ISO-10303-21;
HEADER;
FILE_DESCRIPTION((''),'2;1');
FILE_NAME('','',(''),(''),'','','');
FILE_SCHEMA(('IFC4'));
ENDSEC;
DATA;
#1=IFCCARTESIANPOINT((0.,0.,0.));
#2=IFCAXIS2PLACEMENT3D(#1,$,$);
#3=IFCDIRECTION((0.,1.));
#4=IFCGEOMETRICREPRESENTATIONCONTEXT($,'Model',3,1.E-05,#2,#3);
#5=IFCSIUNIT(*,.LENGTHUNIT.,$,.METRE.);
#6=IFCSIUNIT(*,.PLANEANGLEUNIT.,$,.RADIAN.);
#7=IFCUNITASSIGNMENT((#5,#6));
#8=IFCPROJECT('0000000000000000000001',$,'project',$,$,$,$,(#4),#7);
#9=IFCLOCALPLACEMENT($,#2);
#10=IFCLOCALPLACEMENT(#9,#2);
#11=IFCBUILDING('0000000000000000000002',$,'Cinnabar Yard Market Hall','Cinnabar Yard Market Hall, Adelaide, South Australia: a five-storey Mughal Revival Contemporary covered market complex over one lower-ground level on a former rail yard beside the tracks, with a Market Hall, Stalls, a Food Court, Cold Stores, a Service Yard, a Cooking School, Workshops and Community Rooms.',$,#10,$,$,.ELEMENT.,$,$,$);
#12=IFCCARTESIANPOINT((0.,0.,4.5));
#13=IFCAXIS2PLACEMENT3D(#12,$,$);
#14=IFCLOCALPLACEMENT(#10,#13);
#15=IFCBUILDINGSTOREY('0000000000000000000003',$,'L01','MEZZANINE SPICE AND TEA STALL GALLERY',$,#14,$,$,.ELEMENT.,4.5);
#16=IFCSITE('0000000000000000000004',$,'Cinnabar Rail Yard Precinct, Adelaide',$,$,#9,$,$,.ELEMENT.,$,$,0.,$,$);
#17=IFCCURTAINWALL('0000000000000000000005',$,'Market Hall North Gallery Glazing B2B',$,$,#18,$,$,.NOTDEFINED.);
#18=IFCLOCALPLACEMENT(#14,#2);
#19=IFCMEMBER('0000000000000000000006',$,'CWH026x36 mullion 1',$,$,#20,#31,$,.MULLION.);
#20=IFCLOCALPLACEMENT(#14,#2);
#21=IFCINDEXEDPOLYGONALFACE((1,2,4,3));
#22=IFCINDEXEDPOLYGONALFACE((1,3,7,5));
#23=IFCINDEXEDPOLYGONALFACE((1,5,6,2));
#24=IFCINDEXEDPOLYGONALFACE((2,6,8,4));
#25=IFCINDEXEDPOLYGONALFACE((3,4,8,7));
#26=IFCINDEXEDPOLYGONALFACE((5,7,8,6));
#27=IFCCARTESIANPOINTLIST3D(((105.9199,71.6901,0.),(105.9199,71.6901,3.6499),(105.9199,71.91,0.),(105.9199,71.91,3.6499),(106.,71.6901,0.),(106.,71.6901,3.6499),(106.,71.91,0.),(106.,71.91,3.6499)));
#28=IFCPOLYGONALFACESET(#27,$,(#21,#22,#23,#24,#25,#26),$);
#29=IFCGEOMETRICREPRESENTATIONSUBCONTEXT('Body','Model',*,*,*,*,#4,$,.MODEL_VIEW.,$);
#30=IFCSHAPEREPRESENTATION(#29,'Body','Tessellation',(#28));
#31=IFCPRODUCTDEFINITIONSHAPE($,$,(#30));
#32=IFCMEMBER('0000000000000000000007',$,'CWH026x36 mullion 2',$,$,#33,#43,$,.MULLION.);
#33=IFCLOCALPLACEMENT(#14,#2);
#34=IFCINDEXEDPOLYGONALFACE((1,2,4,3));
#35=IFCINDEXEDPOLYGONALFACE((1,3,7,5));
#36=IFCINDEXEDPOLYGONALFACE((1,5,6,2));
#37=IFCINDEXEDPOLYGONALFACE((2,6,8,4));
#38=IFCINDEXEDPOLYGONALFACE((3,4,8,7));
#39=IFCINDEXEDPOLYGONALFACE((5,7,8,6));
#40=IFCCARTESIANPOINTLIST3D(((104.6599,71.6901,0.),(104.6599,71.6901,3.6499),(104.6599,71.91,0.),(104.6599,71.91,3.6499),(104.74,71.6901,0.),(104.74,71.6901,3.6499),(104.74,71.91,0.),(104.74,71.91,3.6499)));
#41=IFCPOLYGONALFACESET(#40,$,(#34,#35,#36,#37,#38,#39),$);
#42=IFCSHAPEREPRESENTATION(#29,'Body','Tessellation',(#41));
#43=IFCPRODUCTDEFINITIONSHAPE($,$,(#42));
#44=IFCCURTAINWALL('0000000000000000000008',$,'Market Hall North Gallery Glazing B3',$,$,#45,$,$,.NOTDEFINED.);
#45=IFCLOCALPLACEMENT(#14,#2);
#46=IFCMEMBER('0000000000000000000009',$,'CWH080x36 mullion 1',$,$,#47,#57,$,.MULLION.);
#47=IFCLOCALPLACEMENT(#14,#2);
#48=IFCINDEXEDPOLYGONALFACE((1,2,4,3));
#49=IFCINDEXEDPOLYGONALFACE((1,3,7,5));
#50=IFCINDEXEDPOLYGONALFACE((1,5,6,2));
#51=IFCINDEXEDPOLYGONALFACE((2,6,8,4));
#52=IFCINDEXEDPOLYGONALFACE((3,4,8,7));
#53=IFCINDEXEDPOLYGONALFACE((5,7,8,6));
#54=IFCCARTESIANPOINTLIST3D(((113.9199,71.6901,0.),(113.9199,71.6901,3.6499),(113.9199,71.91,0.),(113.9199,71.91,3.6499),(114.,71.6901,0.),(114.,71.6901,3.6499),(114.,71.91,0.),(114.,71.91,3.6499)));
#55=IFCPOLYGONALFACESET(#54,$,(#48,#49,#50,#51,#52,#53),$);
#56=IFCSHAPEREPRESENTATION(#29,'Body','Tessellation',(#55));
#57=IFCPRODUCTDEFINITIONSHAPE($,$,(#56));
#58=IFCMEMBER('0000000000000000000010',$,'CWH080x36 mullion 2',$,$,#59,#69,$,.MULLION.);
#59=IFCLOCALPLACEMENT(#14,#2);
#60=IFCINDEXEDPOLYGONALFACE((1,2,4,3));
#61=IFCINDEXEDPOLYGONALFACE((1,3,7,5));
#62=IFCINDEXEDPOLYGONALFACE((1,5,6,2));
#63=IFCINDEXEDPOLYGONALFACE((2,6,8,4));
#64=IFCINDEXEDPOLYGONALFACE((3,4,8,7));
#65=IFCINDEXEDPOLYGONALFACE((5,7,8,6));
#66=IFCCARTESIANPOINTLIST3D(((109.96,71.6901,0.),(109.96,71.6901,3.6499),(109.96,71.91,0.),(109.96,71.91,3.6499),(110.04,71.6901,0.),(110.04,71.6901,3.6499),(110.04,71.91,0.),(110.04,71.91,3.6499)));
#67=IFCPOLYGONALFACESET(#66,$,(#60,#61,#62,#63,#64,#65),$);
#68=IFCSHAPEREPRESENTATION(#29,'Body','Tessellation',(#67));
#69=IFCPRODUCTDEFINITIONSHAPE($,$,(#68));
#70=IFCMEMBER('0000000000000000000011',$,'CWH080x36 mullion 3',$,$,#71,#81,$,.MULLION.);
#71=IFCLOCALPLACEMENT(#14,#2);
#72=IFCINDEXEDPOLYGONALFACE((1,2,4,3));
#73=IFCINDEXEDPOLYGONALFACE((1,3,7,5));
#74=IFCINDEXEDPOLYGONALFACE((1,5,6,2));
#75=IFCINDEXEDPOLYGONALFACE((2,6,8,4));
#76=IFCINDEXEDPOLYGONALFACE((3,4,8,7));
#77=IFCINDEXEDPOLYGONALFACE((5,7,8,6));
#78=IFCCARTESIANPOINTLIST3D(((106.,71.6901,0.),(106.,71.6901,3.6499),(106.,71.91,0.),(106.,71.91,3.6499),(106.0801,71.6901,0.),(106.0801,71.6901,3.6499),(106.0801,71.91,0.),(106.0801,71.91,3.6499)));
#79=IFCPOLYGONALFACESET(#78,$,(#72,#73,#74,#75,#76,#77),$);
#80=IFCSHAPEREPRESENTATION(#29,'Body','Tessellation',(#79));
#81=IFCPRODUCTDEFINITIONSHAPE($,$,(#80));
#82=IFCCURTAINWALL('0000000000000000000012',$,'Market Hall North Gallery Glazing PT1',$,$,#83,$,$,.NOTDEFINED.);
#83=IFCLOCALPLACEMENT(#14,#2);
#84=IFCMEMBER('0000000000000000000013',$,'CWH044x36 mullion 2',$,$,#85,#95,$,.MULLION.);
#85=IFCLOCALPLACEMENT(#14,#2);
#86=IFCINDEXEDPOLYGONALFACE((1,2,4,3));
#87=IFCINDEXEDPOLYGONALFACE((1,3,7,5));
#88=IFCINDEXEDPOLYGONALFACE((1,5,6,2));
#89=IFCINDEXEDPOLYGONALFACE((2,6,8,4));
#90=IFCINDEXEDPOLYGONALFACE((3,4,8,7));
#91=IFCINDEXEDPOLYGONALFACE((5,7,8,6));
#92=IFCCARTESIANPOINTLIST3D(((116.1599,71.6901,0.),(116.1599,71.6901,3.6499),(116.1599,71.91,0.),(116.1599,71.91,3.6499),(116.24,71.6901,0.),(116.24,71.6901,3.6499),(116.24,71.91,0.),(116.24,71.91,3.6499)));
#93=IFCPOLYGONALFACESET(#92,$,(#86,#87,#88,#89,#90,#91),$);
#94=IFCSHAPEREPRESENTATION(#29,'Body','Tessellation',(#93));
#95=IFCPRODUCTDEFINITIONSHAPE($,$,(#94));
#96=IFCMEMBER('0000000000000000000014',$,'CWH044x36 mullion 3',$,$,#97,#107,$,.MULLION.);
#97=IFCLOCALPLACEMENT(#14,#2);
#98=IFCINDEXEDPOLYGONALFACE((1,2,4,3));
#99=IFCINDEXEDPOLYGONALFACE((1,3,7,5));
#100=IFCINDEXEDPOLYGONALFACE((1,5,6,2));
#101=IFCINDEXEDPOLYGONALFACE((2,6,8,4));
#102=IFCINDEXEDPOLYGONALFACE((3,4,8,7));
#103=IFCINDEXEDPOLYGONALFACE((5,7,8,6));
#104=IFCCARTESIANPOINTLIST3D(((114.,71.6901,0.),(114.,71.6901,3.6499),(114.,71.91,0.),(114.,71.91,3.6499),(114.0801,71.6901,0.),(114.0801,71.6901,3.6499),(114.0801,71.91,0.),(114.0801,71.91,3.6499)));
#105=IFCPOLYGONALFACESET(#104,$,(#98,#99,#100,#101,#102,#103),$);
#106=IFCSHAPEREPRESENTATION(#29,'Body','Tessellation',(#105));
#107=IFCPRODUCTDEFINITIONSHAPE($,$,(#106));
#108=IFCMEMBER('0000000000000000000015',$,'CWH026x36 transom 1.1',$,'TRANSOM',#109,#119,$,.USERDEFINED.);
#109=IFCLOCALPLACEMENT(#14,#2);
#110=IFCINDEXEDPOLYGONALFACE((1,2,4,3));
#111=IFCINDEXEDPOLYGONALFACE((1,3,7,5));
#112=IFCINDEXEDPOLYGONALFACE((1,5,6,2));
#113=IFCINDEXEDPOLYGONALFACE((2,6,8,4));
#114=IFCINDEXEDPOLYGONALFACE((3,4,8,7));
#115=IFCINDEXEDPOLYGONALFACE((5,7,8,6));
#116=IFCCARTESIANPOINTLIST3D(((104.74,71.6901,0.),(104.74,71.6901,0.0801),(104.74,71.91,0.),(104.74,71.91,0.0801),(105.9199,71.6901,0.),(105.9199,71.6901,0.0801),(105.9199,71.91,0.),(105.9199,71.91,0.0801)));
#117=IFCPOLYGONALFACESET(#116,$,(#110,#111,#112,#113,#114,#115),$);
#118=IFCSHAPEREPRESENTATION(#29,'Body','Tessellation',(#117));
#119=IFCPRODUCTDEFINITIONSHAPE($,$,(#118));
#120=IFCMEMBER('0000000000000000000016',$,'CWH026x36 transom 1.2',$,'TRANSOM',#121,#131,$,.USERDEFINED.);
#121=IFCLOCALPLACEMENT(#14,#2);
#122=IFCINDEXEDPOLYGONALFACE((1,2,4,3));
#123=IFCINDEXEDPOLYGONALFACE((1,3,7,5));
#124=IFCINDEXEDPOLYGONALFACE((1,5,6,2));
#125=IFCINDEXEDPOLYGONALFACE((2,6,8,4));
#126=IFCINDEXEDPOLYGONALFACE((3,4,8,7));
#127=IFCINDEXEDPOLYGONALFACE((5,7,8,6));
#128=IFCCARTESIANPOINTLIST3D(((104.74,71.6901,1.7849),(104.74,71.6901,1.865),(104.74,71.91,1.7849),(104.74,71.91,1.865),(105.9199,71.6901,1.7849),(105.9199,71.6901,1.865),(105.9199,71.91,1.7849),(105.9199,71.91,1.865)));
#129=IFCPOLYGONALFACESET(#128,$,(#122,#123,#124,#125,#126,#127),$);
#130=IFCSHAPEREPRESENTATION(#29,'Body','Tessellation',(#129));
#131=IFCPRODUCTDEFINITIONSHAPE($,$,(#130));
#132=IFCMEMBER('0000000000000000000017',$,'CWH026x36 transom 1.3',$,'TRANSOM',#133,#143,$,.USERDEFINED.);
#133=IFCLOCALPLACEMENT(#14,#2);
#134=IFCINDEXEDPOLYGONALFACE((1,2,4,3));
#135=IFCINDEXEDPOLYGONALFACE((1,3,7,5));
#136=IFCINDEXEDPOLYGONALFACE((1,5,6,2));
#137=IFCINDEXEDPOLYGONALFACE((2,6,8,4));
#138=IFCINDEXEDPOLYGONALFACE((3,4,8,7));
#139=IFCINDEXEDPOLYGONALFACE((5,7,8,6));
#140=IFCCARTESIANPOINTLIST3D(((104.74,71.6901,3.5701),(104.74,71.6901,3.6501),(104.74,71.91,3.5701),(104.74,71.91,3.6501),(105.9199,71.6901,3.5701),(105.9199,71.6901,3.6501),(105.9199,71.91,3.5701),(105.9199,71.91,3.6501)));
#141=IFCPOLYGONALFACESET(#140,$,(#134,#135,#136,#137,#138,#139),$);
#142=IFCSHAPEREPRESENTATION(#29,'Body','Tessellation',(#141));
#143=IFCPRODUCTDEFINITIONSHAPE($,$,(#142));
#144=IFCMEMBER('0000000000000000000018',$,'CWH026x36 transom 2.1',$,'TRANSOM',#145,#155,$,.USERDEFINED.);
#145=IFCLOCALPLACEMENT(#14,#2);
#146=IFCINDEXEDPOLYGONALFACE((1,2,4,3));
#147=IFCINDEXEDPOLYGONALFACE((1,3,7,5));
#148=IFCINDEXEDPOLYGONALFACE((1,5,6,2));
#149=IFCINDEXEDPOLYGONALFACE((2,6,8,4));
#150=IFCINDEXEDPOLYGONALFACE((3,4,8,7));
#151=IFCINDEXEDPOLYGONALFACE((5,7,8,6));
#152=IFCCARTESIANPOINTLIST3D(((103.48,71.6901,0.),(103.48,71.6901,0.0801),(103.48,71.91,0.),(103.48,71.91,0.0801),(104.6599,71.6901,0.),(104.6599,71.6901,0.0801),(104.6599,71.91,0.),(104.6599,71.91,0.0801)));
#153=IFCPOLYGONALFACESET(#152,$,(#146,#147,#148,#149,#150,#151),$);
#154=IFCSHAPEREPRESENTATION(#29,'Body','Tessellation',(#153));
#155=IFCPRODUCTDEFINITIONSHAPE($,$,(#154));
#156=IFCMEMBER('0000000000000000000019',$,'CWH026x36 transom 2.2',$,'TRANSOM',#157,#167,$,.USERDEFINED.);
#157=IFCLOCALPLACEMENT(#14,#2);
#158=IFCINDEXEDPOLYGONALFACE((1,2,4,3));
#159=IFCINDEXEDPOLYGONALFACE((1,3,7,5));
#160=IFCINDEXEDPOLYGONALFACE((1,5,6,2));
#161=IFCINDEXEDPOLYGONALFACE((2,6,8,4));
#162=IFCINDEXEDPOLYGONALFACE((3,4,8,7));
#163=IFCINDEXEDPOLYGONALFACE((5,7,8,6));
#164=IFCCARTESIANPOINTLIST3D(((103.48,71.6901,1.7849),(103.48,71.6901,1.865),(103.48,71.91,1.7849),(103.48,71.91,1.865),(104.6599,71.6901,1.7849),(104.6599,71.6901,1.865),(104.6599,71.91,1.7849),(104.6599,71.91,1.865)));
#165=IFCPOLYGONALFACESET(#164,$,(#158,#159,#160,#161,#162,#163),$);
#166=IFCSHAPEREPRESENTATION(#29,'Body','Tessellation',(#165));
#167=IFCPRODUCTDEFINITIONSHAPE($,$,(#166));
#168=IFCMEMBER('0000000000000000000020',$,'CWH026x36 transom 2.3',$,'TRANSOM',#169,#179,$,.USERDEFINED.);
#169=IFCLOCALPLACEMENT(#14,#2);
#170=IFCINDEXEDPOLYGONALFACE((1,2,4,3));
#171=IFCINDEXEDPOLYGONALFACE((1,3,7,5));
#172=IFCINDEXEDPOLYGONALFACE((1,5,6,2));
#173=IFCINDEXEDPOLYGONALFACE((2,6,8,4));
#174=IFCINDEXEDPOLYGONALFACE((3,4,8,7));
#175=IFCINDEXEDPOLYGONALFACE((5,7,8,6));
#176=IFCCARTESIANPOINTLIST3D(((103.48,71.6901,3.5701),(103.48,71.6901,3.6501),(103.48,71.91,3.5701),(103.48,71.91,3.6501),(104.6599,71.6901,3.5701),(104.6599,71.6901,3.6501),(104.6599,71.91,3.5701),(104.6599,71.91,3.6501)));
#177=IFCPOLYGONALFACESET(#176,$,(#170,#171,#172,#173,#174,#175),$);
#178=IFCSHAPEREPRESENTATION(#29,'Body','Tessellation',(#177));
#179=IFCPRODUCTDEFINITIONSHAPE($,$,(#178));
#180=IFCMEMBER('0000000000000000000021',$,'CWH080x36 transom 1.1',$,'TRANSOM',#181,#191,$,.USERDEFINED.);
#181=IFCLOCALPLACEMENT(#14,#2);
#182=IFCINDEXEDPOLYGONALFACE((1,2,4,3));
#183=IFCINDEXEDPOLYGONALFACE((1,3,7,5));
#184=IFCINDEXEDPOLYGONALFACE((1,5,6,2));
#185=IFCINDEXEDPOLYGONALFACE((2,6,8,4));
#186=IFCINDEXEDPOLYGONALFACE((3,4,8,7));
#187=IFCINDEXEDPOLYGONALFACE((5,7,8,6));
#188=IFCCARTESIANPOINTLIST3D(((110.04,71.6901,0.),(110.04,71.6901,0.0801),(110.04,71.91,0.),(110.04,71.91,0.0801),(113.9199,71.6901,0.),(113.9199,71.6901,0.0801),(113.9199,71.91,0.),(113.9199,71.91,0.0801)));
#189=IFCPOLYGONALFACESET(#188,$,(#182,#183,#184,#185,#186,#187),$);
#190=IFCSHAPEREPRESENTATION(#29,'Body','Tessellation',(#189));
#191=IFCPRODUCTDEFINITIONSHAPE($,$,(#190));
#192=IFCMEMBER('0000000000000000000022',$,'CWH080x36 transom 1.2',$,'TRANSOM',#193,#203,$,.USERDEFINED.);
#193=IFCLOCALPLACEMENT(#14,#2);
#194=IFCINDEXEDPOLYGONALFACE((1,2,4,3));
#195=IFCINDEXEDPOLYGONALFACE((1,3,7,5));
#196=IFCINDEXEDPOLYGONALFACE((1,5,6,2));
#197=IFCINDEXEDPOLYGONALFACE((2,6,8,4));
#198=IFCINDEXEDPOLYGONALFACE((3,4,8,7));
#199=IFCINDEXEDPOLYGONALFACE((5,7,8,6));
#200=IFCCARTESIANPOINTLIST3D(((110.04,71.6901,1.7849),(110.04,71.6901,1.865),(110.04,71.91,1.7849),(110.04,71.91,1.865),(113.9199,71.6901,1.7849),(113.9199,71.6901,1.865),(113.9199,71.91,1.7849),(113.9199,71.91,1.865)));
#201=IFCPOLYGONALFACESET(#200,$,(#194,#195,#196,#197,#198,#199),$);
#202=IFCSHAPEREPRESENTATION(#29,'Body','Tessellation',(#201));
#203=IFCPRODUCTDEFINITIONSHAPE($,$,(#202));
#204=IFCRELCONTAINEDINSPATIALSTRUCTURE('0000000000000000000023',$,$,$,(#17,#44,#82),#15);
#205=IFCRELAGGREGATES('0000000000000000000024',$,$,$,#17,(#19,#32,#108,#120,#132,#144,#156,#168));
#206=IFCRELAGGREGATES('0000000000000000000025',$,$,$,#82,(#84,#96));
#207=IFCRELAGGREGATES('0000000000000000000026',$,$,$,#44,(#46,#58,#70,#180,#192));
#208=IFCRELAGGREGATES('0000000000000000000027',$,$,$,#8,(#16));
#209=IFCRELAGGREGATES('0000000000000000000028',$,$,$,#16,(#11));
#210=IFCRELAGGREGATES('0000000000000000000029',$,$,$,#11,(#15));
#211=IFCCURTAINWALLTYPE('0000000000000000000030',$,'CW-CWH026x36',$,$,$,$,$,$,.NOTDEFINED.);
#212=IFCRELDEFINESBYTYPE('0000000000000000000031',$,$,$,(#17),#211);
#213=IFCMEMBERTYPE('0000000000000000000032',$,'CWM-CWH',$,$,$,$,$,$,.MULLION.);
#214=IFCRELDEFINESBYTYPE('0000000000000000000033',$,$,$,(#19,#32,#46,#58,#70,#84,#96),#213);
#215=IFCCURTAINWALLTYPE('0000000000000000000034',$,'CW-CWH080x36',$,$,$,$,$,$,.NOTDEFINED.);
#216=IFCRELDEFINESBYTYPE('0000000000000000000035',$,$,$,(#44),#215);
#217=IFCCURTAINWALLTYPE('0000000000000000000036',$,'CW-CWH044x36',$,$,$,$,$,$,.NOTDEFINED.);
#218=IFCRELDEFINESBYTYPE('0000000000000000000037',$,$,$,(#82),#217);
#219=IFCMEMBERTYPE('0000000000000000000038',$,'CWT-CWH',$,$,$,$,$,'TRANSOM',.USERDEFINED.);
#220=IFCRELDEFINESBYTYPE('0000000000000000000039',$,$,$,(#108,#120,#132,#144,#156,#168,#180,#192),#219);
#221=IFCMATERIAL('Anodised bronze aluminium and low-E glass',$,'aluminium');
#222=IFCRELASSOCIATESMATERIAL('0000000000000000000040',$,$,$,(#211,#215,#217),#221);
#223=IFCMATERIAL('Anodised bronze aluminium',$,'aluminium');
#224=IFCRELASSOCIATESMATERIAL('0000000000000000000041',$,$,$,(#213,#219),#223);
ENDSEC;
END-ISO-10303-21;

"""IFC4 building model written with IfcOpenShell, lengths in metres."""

from ifc_helpers import new_model, si_unit, direction, frame, origin, origin_2d_with_axis, place, context, subcontext, project, spatial, rectangle, extrude, material, material_profile, profile_set, type_object, element, aggregate, save


model = new_model("IFC4")

# Units and contexts
model_context = context("Model", 3, precision=1e-05, world=origin(), true_north=direction((0.0, 1.0)))
body_context = subcontext(model_context, "Body", "Model", "MODEL_VIEW")
ifc_project = project(units=[si_unit("LENGTHUNIT", "METRE"), si_unit("PLANEANGLEUNIT", "RADIAN")], contexts=[model_context])

# Site, building, storey
site_placement = place(None, origin())
site = spatial("IfcSite", under=ifc_project, at=site_placement, Name="Cinnabar Rail Yard Precinct, Adelaide", CompositionType="ELEMENT", RefElevation=0.0)
building_placement = place(site_placement, origin())
building = spatial("IfcBuilding", under=site, at=building_placement, Name="Cinnabar Yard Market Hall", Description="Cinnabar Yard Market Hall, Adelaide, South Australia: a five-storey Mughal Revival Contemporary covered market complex over one lower-ground level on a former rail yard beside the tracks, with a Market Hall, Stalls, a Food Court, Cold Stores, a Service Yard, a Cooking School, Workshops and Community Rooms.", CompositionType="ELEMENT")
storey_placement = place(building_placement, frame((0.0, 0.0, 4.5)))
storey = spatial("IfcBuildingStorey", under=building, at=storey_placement, Name="L01", Description="MEZZANINE SPICE AND TEA STALL GALLERY", CompositionType="ELEMENT", Elevation=4.5)

# Curtain walls, members
ifc_material_1 = material(Name="Anodised bronze aluminium and low-E glass", Category="aluminium")
curtain_wall_type_1 = type_object("IfcCurtainWallType", Name="CW-CWH026x36", PredefinedType="NOTDEFINED", material=ifc_material_1)
curtain_wall_1_placement = place(storey_placement, origin())
curtain_wall_1 = element("IfcCurtainWall", 1, at=curtain_wall_1_placement, inside=storey, type_object=curtain_wall_type_1, Name="Market Hall North Gallery Glazing B2B", PredefinedType="NOTDEFINED")
ifc_material_2 = material(Name="Anodised bronze aluminium", Category="aluminium")
ifc_material_profile_1 = material_profile(ifc_material_2, rectangle(XDim=0.22, YDim=0.0801, at=origin_2d_with_axis()), Name="MUL-CWH")
ifc_profile_set_1 = profile_set([ifc_material_profile_1], Name="Anodised bronze aluminium")
member_type_1 = type_object("IfcMemberType", Name="CWM-CWH", PredefinedType="MULLION", material=ifc_profile_set_1)
member_1_placement = place(storey_placement, frame((105.96, 71.8, 0.0), z_axis=(0.0, 0.0, 1.0), x_axis=(0.0, -1.0, 0.0)))
member_1 = element("IfcMember", 2, at=member_1_placement, type_object=member_type_1, Name="CWH026x36 mullion 1", PredefinedType="MULLION", context=body_context, shape_type="SweptSolid", body=[
    extrude(rectangle(XDim=0.22, YDim=0.0801, at=origin_2d_with_axis()), origin(), (0.0, 0.0, 1.0), 3.6499),
])
member_2_placement = place(storey_placement, frame((104.7, 71.8, 0.0), z_axis=(0.0, 0.0, 1.0), x_axis=(0.0, -1.0, 0.0)))
member_2 = element("IfcMember", 3, at=member_2_placement, type_object=member_type_1, Name="CWH026x36 mullion 2", PredefinedType="MULLION", context=body_context, shape_type="SweptSolid", body=[
    extrude(rectangle(XDim=0.22, YDim=0.0801, at=origin_2d_with_axis()), origin(), (0.0, 0.0, 1.0), 3.6499),
])
curtain_wall_type_2 = type_object("IfcCurtainWallType", Name="CW-CWH080x36", PredefinedType="NOTDEFINED", material=ifc_material_1)
curtain_wall_2_placement = place(storey_placement, origin())
curtain_wall_2 = element("IfcCurtainWall", 4, at=curtain_wall_2_placement, inside=storey, type_object=curtain_wall_type_2, Name="Market Hall North Gallery Glazing B3", PredefinedType="NOTDEFINED")
member_3_placement = place(storey_placement, frame((113.96, 71.8, 0.0), z_axis=(0.0, 0.0, 1.0), x_axis=(0.0, -1.0, 0.0)))
member_3 = element("IfcMember", 5, at=member_3_placement, type_object=member_type_1, Name="CWH080x36 mullion 1", PredefinedType="MULLION", context=body_context, shape_type="SweptSolid", body=[
    extrude(rectangle(XDim=0.22, YDim=0.0801, at=origin_2d_with_axis()), origin(), (0.0, 0.0, 1.0), 3.6499),
])
member_4_placement = place(storey_placement, frame((110.0, 71.8, 0.0), z_axis=(0.0, 0.0, 1.0), x_axis=(0.0, -1.0, 0.0)))
member_4 = element("IfcMember", 6, at=member_4_placement, type_object=member_type_1, Name="CWH080x36 mullion 2", PredefinedType="MULLION", context=body_context, shape_type="SweptSolid", body=[
    extrude(rectangle(XDim=0.22, YDim=0.0801, at=origin_2d_with_axis()), origin(), (0.0, 0.0, 1.0), 3.6499),
])
member_5_placement = place(storey_placement, frame((106.04, 71.8, 0.0), z_axis=(0.0, 0.0, 1.0), x_axis=(0.0, -1.0, 0.0)))
member_5 = element("IfcMember", 7, at=member_5_placement, type_object=member_type_1, Name="CWH080x36 mullion 3", PredefinedType="MULLION", context=body_context, shape_type="SweptSolid", body=[
    extrude(rectangle(XDim=0.22, YDim=0.0801, at=origin_2d_with_axis()), origin(), (0.0, 0.0, 1.0), 3.6499),
])
curtain_wall_type_3 = type_object("IfcCurtainWallType", Name="CW-CWH044x36", PredefinedType="NOTDEFINED", material=ifc_material_1)
curtain_wall_3_placement = place(storey_placement, origin())
curtain_wall_3 = element("IfcCurtainWall", 8, at=curtain_wall_3_placement, inside=storey, type_object=curtain_wall_type_3, Name="Market Hall North Gallery Glazing PT1", PredefinedType="NOTDEFINED")
member_6_placement = place(storey_placement, frame((116.2, 71.8, 0.0), z_axis=(0.0, 0.0, 1.0), x_axis=(0.0, -1.0, 0.0)))
member_6 = element("IfcMember", 9, at=member_6_placement, type_object=member_type_1, Name="CWH044x36 mullion 2", PredefinedType="MULLION", context=body_context, shape_type="SweptSolid", body=[
    extrude(rectangle(XDim=0.22, YDim=0.0801, at=origin_2d_with_axis()), origin(), (0.0, 0.0, 1.0), 3.6499),
])
member_7_placement = place(storey_placement, frame((114.04, 71.8, 0.0), z_axis=(0.0, 0.0, 1.0), x_axis=(0.0, -1.0, 0.0)))
member_7 = element("IfcMember", 10, at=member_7_placement, type_object=member_type_1, Name="CWH044x36 mullion 3", PredefinedType="MULLION", context=body_context, shape_type="SweptSolid", body=[
    extrude(rectangle(XDim=0.22, YDim=0.0801, at=origin_2d_with_axis()), origin(), (0.0, 0.0, 1.0), 3.6499),
])

# Members
ifc_material_profile_2 = material_profile(ifc_material_2, rectangle(XDim=0.22, YDim=0.0801, at=origin_2d_with_axis()), Name="TRN-CWH")
ifc_profile_set_2 = profile_set([ifc_material_profile_2], Name="Anodised bronze aluminium")
member_type_2 = type_object("IfcMemberType", Name="CWT-CWH", ElementType="TRANSOM", PredefinedType="USERDEFINED", material=ifc_profile_set_2)
member_8_placement = place(storey_placement, frame((105.9199, 71.8, 0.04), z_axis=(-1.0, 0.0, 0.0), x_axis=(0.0, -1.0, 0.0)))
member_8 = element("IfcMember", 11, at=member_8_placement, type_object=member_type_2, Name="CWH026x36 transom 1.1", ObjectType="TRANSOM", PredefinedType="USERDEFINED", context=body_context, shape_type="SweptSolid", body=[
    extrude(rectangle(XDim=0.22, YDim=0.0801, at=origin_2d_with_axis()), origin(), (0.0, 0.0, 1.0), 1.1799),
])
member_9_placement = place(storey_placement, frame((105.9199, 71.8, 1.825), z_axis=(-1.0, 0.0, 0.0), x_axis=(0.0, -1.0, 0.0)))
member_9 = element("IfcMember", 12, at=member_9_placement, type_object=member_type_2, Name="CWH026x36 transom 1.2", ObjectType="TRANSOM", PredefinedType="USERDEFINED", context=body_context, shape_type="SweptSolid", body=[
    extrude(rectangle(XDim=0.22, YDim=0.0801, at=origin_2d_with_axis()), origin(), (0.0, 0.0, 1.0), 1.1799),
])
member_10_placement = place(storey_placement, frame((105.9199, 71.8, 3.6101), z_axis=(-1.0, 0.0, 0.0), x_axis=(0.0, -1.0, 0.0)))
member_10 = element("IfcMember", 13, at=member_10_placement, type_object=member_type_2, Name="CWH026x36 transom 1.3", ObjectType="TRANSOM", PredefinedType="USERDEFINED", context=body_context, shape_type="SweptSolid", body=[
    extrude(rectangle(XDim=0.22, YDim=0.0801, at=origin_2d_with_axis()), origin(), (0.0, 0.0, 1.0), 1.1799),
])
member_11_placement = place(storey_placement, frame((104.6599, 71.8, 0.04), z_axis=(-1.0, 0.0, 0.0), x_axis=(0.0, -1.0, 0.0)))
member_11 = element("IfcMember", 14, at=member_11_placement, type_object=member_type_2, Name="CWH026x36 transom 2.1", ObjectType="TRANSOM", PredefinedType="USERDEFINED", context=body_context, shape_type="SweptSolid", body=[
    extrude(rectangle(XDim=0.22, YDim=0.0801, at=origin_2d_with_axis()), origin(), (0.0, 0.0, 1.0), 1.1799),
])
member_12_placement = place(storey_placement, frame((104.6599, 71.8, 1.825), z_axis=(-1.0, 0.0, 0.0), x_axis=(0.0, -1.0, 0.0)))
member_12 = element("IfcMember", 15, at=member_12_placement, type_object=member_type_2, Name="CWH026x36 transom 2.2", ObjectType="TRANSOM", PredefinedType="USERDEFINED", context=body_context, shape_type="SweptSolid", body=[
    extrude(rectangle(XDim=0.22, YDim=0.0801, at=origin_2d_with_axis()), origin(), (0.0, 0.0, 1.0), 1.1799),
])
member_13_placement = place(storey_placement, frame((104.6599, 71.8, 3.6101), z_axis=(-1.0, 0.0, 0.0), x_axis=(0.0, -1.0, 0.0)))
member_13 = element("IfcMember", 16, at=member_13_placement, type_object=member_type_2, Name="CWH026x36 transom 2.3", ObjectType="TRANSOM", PredefinedType="USERDEFINED", context=body_context, shape_type="SweptSolid", body=[
    extrude(rectangle(XDim=0.22, YDim=0.0801, at=origin_2d_with_axis()), origin(), (0.0, 0.0, 1.0), 1.1799),
])
member_14_placement = place(storey_placement, frame((113.9199, 71.8, 0.04), z_axis=(-1.0, 0.0, 0.0), x_axis=(0.0, -1.0, 0.0)))
member_14 = element("IfcMember", 17, at=member_14_placement, type_object=member_type_2, Name="CWH080x36 transom 1.1", ObjectType="TRANSOM", PredefinedType="USERDEFINED", context=body_context, shape_type="SweptSolid", body=[
    extrude(rectangle(XDim=0.22, YDim=0.0801, at=origin_2d_with_axis()), origin(), (0.0, 0.0, 1.0), 3.8799),
])
member_15_placement = place(storey_placement, frame((113.9199, 71.8, 1.825), z_axis=(-1.0, 0.0, 0.0), x_axis=(0.0, -1.0, 0.0)))
member_15 = element("IfcMember", 18, at=member_15_placement, type_object=member_type_2, Name="CWH080x36 transom 1.2", ObjectType="TRANSOM", PredefinedType="USERDEFINED", context=body_context, shape_type="SweptSolid", body=[
    extrude(rectangle(XDim=0.22, YDim=0.0801, at=origin_2d_with_axis()), origin(), (0.0, 0.0, 1.0), 3.8799),
])

aggregate(curtain_wall_1, [member_1, member_2, member_8, member_9, member_10, member_11, member_12, member_13])
aggregate(curtain_wall_3, [member_6, member_7])
aggregate(curtain_wall_2, [member_3, member_4, member_5, member_14, member_15])

save(model, "model.ifc")
